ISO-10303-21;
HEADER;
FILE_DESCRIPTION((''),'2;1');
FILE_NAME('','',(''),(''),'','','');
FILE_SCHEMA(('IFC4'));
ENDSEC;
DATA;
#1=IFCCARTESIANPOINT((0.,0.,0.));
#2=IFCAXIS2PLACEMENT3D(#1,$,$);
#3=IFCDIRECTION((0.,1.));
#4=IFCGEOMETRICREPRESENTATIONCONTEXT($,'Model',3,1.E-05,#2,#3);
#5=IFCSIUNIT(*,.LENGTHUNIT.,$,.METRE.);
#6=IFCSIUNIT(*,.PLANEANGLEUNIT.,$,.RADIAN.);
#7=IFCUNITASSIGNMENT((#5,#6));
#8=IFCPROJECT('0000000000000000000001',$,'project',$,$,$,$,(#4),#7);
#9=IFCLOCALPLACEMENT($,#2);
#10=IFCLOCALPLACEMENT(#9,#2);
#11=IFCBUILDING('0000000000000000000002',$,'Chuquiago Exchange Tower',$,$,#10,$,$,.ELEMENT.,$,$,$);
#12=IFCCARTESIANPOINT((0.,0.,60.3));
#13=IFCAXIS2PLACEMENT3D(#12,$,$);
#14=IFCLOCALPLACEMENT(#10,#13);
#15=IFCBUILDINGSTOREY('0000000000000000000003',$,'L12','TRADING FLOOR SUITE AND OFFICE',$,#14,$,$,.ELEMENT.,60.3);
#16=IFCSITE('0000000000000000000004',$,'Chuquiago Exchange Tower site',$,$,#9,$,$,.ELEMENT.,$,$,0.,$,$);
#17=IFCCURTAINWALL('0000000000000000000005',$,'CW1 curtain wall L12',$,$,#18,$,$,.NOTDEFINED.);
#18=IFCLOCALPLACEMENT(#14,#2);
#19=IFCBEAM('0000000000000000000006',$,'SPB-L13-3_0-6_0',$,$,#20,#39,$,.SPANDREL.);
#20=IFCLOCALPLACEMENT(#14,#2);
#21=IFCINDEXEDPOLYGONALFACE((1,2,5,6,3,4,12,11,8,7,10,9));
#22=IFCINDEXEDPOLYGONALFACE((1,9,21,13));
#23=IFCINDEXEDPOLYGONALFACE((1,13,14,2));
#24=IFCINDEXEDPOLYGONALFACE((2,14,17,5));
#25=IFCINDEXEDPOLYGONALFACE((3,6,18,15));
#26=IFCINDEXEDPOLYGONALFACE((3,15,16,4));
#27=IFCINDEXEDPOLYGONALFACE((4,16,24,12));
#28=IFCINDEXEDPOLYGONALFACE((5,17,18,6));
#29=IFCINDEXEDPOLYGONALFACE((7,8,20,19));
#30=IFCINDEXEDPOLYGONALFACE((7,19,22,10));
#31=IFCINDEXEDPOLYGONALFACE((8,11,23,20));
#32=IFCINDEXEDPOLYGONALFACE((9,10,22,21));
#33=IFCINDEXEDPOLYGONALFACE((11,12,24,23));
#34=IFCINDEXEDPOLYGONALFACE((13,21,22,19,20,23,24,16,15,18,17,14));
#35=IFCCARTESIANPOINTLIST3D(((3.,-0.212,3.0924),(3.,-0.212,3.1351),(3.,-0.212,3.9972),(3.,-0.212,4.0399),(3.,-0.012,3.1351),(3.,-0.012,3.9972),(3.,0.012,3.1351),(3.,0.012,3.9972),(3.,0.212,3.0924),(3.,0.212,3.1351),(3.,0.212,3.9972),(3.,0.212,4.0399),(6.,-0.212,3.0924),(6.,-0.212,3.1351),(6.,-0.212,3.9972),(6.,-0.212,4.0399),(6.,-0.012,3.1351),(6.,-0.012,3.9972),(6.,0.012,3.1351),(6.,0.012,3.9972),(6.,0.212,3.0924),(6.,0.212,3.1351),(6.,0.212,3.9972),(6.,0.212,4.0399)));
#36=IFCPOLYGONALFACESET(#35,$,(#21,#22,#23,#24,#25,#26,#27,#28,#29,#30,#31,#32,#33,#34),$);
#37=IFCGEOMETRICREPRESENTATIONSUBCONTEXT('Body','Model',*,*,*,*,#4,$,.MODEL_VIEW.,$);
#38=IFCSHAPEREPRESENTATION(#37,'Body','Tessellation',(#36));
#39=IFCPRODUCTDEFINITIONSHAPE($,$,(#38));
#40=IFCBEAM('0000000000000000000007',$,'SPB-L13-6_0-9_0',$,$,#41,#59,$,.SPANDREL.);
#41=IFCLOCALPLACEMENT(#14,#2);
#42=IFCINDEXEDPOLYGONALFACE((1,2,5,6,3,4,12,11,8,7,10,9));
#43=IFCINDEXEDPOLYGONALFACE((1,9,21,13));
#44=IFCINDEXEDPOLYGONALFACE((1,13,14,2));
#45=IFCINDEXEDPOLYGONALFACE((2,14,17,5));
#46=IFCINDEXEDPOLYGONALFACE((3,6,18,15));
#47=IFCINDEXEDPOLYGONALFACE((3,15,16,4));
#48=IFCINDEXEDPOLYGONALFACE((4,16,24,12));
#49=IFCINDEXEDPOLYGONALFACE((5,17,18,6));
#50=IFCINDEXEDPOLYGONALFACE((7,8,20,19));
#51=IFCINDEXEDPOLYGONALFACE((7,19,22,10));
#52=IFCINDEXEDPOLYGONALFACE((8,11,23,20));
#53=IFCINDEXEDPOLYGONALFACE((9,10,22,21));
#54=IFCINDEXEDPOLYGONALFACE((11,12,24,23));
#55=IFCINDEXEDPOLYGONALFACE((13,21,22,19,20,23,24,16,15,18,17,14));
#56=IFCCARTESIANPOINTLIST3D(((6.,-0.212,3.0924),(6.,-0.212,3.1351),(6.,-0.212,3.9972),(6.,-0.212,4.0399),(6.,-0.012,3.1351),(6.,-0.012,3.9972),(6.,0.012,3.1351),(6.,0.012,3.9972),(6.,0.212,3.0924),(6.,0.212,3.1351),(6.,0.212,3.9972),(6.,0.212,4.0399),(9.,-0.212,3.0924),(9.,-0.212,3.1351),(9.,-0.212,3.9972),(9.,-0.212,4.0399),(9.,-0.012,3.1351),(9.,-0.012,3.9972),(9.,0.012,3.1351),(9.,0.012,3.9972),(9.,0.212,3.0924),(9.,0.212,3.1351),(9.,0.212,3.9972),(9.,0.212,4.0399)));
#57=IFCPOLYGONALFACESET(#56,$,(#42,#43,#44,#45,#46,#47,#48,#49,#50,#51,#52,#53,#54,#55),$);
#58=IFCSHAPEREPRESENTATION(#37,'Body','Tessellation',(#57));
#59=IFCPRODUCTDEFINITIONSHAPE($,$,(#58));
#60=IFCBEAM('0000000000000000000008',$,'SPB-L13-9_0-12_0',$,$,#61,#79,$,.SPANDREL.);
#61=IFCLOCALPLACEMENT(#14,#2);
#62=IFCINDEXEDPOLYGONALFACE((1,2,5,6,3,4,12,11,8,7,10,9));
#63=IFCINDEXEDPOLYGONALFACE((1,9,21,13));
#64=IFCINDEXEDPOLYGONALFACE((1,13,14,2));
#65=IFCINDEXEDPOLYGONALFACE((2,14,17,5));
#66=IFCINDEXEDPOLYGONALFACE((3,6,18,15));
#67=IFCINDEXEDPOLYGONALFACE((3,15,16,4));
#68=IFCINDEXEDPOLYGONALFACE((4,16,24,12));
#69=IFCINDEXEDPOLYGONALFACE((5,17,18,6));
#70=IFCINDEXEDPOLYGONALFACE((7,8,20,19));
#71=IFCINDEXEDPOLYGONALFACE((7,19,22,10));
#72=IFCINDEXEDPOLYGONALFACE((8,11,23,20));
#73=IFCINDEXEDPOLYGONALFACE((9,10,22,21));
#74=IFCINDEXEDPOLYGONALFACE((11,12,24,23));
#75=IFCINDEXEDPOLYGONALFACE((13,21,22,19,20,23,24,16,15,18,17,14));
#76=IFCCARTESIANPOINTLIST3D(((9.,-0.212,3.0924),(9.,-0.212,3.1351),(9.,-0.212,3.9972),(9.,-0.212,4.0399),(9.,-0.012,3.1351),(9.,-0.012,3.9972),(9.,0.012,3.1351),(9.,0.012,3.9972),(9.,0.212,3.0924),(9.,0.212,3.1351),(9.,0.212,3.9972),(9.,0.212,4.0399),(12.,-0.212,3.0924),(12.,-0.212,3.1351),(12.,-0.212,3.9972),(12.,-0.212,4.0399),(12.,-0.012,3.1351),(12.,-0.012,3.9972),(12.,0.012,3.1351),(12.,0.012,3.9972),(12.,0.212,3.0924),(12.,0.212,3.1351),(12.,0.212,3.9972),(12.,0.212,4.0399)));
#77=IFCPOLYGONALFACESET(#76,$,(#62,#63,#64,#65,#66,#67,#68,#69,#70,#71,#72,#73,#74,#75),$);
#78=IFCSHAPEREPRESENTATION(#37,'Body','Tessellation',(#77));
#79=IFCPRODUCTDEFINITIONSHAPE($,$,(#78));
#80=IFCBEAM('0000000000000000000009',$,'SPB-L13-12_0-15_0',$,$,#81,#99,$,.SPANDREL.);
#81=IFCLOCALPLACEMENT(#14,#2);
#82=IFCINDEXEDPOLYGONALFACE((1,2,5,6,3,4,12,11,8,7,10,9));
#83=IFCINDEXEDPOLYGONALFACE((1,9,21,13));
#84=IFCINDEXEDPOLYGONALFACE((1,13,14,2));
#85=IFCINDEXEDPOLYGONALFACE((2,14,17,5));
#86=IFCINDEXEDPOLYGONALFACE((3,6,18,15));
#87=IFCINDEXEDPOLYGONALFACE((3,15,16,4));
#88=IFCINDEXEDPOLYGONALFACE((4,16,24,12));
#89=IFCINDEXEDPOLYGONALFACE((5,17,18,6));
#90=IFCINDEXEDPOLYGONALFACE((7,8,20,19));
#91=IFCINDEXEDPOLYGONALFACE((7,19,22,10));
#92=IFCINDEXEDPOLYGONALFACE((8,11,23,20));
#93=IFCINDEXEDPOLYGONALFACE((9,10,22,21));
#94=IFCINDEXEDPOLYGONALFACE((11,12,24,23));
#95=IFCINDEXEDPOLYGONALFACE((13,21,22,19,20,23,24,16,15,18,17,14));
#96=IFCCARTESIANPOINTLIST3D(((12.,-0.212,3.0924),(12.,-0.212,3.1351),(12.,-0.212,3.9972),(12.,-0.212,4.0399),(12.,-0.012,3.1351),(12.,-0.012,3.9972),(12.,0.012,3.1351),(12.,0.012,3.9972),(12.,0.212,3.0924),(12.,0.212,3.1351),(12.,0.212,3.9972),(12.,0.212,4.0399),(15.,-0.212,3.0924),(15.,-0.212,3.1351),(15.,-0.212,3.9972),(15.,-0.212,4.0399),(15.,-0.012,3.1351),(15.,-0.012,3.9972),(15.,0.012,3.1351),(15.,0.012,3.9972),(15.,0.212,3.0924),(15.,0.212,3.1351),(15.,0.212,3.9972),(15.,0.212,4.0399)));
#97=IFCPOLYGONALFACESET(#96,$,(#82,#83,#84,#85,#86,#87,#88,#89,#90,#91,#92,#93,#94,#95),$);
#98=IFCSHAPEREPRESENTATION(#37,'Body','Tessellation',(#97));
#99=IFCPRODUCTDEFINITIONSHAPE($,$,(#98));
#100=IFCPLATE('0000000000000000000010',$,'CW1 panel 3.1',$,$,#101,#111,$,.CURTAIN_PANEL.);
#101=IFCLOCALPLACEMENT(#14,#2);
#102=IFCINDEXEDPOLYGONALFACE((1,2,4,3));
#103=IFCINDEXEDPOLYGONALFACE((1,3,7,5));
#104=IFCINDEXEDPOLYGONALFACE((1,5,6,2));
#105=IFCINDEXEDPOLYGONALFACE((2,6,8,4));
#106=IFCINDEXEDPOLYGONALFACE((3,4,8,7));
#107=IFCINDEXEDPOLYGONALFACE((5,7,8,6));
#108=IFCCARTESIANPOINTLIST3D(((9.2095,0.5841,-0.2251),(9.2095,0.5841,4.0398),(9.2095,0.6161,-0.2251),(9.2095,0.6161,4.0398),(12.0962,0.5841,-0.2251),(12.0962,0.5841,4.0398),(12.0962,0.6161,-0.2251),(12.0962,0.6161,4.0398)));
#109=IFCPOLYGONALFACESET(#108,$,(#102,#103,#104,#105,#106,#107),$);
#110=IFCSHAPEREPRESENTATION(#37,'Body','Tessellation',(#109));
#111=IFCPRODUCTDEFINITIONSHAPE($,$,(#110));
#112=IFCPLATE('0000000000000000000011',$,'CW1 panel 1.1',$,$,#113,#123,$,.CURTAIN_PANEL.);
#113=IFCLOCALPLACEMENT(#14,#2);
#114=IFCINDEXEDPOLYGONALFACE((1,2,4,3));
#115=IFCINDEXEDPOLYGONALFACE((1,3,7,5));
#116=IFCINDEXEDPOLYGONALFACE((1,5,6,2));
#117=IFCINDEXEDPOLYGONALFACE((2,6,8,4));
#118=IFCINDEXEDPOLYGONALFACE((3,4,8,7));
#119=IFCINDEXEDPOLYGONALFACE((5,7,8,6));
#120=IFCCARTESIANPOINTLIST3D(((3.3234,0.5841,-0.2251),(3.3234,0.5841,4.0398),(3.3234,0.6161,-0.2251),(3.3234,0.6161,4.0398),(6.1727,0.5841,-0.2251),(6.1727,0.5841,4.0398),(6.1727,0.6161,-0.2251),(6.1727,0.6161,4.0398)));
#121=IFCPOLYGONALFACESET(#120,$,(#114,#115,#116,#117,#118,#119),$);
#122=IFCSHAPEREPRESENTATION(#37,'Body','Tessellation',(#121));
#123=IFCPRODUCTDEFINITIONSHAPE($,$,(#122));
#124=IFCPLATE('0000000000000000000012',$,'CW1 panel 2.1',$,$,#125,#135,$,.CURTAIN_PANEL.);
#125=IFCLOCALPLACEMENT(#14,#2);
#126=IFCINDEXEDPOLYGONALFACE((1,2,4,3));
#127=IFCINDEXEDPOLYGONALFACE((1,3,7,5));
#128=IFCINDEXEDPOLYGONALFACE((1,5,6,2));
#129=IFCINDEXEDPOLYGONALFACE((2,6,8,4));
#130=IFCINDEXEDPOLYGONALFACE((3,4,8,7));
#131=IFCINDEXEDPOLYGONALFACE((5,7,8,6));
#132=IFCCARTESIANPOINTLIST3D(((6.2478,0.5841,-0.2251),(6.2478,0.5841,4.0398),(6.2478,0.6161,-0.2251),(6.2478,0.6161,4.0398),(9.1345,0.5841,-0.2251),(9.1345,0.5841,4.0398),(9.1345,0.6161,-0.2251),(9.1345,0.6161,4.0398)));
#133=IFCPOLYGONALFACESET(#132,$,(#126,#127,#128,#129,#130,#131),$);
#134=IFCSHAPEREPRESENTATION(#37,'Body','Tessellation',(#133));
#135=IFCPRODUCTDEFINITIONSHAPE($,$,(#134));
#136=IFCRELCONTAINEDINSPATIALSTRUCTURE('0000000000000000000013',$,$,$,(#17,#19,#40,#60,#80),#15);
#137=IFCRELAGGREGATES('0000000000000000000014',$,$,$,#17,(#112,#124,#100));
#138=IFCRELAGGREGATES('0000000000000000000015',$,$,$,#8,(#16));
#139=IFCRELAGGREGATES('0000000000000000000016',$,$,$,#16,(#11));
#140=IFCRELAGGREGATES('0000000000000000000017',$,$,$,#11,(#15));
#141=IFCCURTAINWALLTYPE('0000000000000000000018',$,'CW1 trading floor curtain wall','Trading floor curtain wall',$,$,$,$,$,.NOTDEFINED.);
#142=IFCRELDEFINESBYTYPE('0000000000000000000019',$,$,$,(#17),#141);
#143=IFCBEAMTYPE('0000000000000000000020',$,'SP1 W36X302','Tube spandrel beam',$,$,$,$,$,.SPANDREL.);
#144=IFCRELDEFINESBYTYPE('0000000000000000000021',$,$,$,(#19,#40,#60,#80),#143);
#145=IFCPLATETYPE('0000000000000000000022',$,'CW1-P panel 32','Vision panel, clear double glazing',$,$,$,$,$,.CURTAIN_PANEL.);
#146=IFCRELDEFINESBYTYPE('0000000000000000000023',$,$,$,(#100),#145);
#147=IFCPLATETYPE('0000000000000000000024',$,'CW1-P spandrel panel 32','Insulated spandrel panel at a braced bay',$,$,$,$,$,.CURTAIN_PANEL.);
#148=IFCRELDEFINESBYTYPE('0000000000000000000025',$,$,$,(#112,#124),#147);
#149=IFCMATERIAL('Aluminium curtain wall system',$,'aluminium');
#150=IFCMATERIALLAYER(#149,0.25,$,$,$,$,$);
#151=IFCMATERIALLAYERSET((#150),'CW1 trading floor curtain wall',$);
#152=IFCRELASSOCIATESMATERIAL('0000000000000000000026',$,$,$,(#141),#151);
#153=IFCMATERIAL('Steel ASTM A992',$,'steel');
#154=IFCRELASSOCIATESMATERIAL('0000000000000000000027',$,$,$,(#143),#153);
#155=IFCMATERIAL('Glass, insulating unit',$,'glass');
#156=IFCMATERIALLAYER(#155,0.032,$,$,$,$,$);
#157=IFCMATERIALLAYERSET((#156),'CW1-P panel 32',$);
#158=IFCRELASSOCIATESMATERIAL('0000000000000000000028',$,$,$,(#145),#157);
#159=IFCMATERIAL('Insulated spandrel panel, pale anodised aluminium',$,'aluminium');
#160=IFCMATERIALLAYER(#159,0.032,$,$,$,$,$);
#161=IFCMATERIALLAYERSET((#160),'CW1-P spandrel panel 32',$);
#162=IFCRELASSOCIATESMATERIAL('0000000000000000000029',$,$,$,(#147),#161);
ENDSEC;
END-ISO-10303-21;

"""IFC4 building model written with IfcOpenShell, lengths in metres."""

from ifc_helpers import new_model, si_unit, direction, frame, origin, origin_2d, place, context, subcontext, project, spatial, rectangle, i_section, extrude, material, layer, layer_set, material_profile, profile_set, type_object, element, aggregate, save


model = new_model("IFC4")

# Units and contexts
model_context = context("Model", 3, precision=1e-05, world=origin(), true_north=direction((0.0, 1.0)))
body_context = subcontext(model_context, "Body", "Model", "MODEL_VIEW")
ifc_project = project(units=[si_unit("LENGTHUNIT", "METRE"), si_unit("PLANEANGLEUNIT", "RADIAN")], contexts=[model_context])

# Site, building, storey
site_placement = place(None, origin())
site = spatial("IfcSite", under=ifc_project, at=site_placement, Name="Chuquiago Exchange Tower site", CompositionType="ELEMENT", RefElevation=0.0)
building_placement = place(site_placement, origin())
building = spatial("IfcBuilding", under=site, at=building_placement, Name="Chuquiago Exchange Tower", CompositionType="ELEMENT")
storey_placement = place(building_placement, frame((0.0, 0.0, 60.3)))
storey = spatial("IfcBuildingStorey", under=building, at=storey_placement, Name="L12", Description="TRADING FLOOR SUITE AND OFFICE", CompositionType="ELEMENT", Elevation=60.3)

# Curtain wall
ifc_material_1 = material(Name="Aluminium curtain wall system", Category="aluminium")
ifc_layer_1 = layer(ifc_material_1, 0.25)
ifc_layer_set_1 = layer_set([ifc_layer_1], Name="CW1 trading floor curtain wall")
curtain_wall_type = type_object("IfcCurtainWallType", Name="CW1 trading floor curtain wall", Description="Trading floor curtain wall", PredefinedType="NOTDEFINED", material=ifc_layer_set_1)
curtain_wall_placement = place(storey_placement, origin())
curtain_wall = element("IfcCurtainWall", 1, at=curtain_wall_placement, inside=storey, type_object=curtain_wall_type, Name="CW1 curtain wall L12", PredefinedType="NOTDEFINED")

# Beams
ifc_material_2 = material(Name="Steel ASTM A992", Category="steel")
ifc_material_profile_1 = material_profile(ifc_material_2, i_section(OverallWidth=0.4241, OverallDepth=0.9475, WebThickness=0.0239, FlangeThickness=0.0427, at=origin_2d()), Name="W36X302")
ifc_profile_set_1 = profile_set([ifc_material_profile_1], Name="Steel ASTM A992")
beam_type = type_object("IfcBeamType", Name="SP1 W36X302", Description="Tube spandrel beam", PredefinedType="SPANDREL", material=ifc_profile_set_1)
for number, where, z_axis, x_axis, name in (
    (2, (3.0, 0.0, 3.5662), (1.0, 0.0, 0.0), (0.0, 1.0, 0.0), "SPB-L13-3_0-6_0"),
    (3, (6.0, 0.0, 3.5662), (1.0, 0.0, 0.0), (0.0, 1.0, 0.0), "SPB-L13-6_0-9_0"),
    (4, (9.0, 0.0, 3.5662), (1.0, 0.0, 0.0), (0.0, 1.0, 0.0), "SPB-L13-9_0-12_0"),
    (5, (12.0, 0.0, 3.5662), (1.0, 0.0, 0.0), (0.0, 1.0, 0.0), "SPB-L13-12_0-15_0"),
):
    element("IfcBeam", number, at=place(storey_placement, frame(where, z_axis=z_axis, x_axis=x_axis)), inside=storey, type_object=beam_type, Name=name, PredefinedType="SPANDREL", context=body_context, shape_type="SweptSolid", body=[
        extrude(i_section(OverallWidth=0.4241, OverallDepth=0.9475, WebThickness=0.0239, FlangeThickness=0.0427, at=origin_2d()), origin(), (0.0, 0.0, 1.0), 3.0),
    ])

# Plates
ifc_material_3 = material(Name="Glass, insulating unit", Category="glass")
ifc_layer_2 = layer(ifc_material_3, 0.032)
ifc_layer_set_2 = layer_set([ifc_layer_2], Name="CW1-P panel 32")
plate_type_1 = type_object("IfcPlateType", Name="CW1-P panel 32", Description="Vision panel, clear double glazing", PredefinedType="CURTAIN_PANEL", material=ifc_layer_set_2)
plate_1_placement = place(storey_placement, frame((10.6528, 0.6001, -0.2251), z_axis=(0.0, 0.0, 1.0), x_axis=(1.0, 0.0, 0.0)))
plate_1 = element("IfcPlate", 6, at=plate_1_placement, type_object=plate_type_1, Name="CW1 panel 3.1", PredefinedType="CURTAIN_PANEL", context=body_context, shape_type="SweptSolid", body=[
    extrude(rectangle(XDim=2.8867, YDim=0.032, at=origin_2d()), origin(), (0.0, 0.0, 1.0), 4.2649),
])
ifc_material_4 = material(Name="Insulated spandrel panel, pale anodised aluminium", Category="aluminium")
ifc_layer_3 = layer(ifc_material_4, 0.032)
ifc_layer_set_3 = layer_set([ifc_layer_3], Name="CW1-P spandrel panel 32")
plate_type_2 = type_object("IfcPlateType", Name="CW1-P spandrel panel 32", Description="Insulated spandrel panel at a braced bay", PredefinedType="CURTAIN_PANEL", material=ifc_layer_set_3)
plate_2_placement = place(storey_placement, frame((4.748, 0.6001, -0.2251), z_axis=(0.0, 0.0, 1.0), x_axis=(1.0, 0.0, 0.0)))
plate_2 = element("IfcPlate", 7, at=plate_2_placement, type_object=plate_type_2, Name="CW1 panel 1.1", PredefinedType="CURTAIN_PANEL", context=body_context, shape_type="SweptSolid", body=[
    extrude(rectangle(XDim=2.8494, YDim=0.032, at=origin_2d()), origin(), (0.0, 0.0, 1.0), 4.2649),
])
plate_3_placement = place(storey_placement, frame((7.6912, 0.6001, -0.2251), z_axis=(0.0, 0.0, 1.0), x_axis=(1.0, 0.0, 0.0)))
plate_3 = element("IfcPlate", 8, at=plate_3_placement, type_object=plate_type_2, Name="CW1 panel 2.1", PredefinedType="CURTAIN_PANEL", context=body_context, shape_type="SweptSolid", body=[
    extrude(rectangle(XDim=2.8867, YDim=0.032, at=origin_2d()), origin(), (0.0, 0.0, 1.0), 4.2649),
])
aggregate(curtain_wall, [plate_2, plate_3, plate_1])

save(model, "model.ifc")
